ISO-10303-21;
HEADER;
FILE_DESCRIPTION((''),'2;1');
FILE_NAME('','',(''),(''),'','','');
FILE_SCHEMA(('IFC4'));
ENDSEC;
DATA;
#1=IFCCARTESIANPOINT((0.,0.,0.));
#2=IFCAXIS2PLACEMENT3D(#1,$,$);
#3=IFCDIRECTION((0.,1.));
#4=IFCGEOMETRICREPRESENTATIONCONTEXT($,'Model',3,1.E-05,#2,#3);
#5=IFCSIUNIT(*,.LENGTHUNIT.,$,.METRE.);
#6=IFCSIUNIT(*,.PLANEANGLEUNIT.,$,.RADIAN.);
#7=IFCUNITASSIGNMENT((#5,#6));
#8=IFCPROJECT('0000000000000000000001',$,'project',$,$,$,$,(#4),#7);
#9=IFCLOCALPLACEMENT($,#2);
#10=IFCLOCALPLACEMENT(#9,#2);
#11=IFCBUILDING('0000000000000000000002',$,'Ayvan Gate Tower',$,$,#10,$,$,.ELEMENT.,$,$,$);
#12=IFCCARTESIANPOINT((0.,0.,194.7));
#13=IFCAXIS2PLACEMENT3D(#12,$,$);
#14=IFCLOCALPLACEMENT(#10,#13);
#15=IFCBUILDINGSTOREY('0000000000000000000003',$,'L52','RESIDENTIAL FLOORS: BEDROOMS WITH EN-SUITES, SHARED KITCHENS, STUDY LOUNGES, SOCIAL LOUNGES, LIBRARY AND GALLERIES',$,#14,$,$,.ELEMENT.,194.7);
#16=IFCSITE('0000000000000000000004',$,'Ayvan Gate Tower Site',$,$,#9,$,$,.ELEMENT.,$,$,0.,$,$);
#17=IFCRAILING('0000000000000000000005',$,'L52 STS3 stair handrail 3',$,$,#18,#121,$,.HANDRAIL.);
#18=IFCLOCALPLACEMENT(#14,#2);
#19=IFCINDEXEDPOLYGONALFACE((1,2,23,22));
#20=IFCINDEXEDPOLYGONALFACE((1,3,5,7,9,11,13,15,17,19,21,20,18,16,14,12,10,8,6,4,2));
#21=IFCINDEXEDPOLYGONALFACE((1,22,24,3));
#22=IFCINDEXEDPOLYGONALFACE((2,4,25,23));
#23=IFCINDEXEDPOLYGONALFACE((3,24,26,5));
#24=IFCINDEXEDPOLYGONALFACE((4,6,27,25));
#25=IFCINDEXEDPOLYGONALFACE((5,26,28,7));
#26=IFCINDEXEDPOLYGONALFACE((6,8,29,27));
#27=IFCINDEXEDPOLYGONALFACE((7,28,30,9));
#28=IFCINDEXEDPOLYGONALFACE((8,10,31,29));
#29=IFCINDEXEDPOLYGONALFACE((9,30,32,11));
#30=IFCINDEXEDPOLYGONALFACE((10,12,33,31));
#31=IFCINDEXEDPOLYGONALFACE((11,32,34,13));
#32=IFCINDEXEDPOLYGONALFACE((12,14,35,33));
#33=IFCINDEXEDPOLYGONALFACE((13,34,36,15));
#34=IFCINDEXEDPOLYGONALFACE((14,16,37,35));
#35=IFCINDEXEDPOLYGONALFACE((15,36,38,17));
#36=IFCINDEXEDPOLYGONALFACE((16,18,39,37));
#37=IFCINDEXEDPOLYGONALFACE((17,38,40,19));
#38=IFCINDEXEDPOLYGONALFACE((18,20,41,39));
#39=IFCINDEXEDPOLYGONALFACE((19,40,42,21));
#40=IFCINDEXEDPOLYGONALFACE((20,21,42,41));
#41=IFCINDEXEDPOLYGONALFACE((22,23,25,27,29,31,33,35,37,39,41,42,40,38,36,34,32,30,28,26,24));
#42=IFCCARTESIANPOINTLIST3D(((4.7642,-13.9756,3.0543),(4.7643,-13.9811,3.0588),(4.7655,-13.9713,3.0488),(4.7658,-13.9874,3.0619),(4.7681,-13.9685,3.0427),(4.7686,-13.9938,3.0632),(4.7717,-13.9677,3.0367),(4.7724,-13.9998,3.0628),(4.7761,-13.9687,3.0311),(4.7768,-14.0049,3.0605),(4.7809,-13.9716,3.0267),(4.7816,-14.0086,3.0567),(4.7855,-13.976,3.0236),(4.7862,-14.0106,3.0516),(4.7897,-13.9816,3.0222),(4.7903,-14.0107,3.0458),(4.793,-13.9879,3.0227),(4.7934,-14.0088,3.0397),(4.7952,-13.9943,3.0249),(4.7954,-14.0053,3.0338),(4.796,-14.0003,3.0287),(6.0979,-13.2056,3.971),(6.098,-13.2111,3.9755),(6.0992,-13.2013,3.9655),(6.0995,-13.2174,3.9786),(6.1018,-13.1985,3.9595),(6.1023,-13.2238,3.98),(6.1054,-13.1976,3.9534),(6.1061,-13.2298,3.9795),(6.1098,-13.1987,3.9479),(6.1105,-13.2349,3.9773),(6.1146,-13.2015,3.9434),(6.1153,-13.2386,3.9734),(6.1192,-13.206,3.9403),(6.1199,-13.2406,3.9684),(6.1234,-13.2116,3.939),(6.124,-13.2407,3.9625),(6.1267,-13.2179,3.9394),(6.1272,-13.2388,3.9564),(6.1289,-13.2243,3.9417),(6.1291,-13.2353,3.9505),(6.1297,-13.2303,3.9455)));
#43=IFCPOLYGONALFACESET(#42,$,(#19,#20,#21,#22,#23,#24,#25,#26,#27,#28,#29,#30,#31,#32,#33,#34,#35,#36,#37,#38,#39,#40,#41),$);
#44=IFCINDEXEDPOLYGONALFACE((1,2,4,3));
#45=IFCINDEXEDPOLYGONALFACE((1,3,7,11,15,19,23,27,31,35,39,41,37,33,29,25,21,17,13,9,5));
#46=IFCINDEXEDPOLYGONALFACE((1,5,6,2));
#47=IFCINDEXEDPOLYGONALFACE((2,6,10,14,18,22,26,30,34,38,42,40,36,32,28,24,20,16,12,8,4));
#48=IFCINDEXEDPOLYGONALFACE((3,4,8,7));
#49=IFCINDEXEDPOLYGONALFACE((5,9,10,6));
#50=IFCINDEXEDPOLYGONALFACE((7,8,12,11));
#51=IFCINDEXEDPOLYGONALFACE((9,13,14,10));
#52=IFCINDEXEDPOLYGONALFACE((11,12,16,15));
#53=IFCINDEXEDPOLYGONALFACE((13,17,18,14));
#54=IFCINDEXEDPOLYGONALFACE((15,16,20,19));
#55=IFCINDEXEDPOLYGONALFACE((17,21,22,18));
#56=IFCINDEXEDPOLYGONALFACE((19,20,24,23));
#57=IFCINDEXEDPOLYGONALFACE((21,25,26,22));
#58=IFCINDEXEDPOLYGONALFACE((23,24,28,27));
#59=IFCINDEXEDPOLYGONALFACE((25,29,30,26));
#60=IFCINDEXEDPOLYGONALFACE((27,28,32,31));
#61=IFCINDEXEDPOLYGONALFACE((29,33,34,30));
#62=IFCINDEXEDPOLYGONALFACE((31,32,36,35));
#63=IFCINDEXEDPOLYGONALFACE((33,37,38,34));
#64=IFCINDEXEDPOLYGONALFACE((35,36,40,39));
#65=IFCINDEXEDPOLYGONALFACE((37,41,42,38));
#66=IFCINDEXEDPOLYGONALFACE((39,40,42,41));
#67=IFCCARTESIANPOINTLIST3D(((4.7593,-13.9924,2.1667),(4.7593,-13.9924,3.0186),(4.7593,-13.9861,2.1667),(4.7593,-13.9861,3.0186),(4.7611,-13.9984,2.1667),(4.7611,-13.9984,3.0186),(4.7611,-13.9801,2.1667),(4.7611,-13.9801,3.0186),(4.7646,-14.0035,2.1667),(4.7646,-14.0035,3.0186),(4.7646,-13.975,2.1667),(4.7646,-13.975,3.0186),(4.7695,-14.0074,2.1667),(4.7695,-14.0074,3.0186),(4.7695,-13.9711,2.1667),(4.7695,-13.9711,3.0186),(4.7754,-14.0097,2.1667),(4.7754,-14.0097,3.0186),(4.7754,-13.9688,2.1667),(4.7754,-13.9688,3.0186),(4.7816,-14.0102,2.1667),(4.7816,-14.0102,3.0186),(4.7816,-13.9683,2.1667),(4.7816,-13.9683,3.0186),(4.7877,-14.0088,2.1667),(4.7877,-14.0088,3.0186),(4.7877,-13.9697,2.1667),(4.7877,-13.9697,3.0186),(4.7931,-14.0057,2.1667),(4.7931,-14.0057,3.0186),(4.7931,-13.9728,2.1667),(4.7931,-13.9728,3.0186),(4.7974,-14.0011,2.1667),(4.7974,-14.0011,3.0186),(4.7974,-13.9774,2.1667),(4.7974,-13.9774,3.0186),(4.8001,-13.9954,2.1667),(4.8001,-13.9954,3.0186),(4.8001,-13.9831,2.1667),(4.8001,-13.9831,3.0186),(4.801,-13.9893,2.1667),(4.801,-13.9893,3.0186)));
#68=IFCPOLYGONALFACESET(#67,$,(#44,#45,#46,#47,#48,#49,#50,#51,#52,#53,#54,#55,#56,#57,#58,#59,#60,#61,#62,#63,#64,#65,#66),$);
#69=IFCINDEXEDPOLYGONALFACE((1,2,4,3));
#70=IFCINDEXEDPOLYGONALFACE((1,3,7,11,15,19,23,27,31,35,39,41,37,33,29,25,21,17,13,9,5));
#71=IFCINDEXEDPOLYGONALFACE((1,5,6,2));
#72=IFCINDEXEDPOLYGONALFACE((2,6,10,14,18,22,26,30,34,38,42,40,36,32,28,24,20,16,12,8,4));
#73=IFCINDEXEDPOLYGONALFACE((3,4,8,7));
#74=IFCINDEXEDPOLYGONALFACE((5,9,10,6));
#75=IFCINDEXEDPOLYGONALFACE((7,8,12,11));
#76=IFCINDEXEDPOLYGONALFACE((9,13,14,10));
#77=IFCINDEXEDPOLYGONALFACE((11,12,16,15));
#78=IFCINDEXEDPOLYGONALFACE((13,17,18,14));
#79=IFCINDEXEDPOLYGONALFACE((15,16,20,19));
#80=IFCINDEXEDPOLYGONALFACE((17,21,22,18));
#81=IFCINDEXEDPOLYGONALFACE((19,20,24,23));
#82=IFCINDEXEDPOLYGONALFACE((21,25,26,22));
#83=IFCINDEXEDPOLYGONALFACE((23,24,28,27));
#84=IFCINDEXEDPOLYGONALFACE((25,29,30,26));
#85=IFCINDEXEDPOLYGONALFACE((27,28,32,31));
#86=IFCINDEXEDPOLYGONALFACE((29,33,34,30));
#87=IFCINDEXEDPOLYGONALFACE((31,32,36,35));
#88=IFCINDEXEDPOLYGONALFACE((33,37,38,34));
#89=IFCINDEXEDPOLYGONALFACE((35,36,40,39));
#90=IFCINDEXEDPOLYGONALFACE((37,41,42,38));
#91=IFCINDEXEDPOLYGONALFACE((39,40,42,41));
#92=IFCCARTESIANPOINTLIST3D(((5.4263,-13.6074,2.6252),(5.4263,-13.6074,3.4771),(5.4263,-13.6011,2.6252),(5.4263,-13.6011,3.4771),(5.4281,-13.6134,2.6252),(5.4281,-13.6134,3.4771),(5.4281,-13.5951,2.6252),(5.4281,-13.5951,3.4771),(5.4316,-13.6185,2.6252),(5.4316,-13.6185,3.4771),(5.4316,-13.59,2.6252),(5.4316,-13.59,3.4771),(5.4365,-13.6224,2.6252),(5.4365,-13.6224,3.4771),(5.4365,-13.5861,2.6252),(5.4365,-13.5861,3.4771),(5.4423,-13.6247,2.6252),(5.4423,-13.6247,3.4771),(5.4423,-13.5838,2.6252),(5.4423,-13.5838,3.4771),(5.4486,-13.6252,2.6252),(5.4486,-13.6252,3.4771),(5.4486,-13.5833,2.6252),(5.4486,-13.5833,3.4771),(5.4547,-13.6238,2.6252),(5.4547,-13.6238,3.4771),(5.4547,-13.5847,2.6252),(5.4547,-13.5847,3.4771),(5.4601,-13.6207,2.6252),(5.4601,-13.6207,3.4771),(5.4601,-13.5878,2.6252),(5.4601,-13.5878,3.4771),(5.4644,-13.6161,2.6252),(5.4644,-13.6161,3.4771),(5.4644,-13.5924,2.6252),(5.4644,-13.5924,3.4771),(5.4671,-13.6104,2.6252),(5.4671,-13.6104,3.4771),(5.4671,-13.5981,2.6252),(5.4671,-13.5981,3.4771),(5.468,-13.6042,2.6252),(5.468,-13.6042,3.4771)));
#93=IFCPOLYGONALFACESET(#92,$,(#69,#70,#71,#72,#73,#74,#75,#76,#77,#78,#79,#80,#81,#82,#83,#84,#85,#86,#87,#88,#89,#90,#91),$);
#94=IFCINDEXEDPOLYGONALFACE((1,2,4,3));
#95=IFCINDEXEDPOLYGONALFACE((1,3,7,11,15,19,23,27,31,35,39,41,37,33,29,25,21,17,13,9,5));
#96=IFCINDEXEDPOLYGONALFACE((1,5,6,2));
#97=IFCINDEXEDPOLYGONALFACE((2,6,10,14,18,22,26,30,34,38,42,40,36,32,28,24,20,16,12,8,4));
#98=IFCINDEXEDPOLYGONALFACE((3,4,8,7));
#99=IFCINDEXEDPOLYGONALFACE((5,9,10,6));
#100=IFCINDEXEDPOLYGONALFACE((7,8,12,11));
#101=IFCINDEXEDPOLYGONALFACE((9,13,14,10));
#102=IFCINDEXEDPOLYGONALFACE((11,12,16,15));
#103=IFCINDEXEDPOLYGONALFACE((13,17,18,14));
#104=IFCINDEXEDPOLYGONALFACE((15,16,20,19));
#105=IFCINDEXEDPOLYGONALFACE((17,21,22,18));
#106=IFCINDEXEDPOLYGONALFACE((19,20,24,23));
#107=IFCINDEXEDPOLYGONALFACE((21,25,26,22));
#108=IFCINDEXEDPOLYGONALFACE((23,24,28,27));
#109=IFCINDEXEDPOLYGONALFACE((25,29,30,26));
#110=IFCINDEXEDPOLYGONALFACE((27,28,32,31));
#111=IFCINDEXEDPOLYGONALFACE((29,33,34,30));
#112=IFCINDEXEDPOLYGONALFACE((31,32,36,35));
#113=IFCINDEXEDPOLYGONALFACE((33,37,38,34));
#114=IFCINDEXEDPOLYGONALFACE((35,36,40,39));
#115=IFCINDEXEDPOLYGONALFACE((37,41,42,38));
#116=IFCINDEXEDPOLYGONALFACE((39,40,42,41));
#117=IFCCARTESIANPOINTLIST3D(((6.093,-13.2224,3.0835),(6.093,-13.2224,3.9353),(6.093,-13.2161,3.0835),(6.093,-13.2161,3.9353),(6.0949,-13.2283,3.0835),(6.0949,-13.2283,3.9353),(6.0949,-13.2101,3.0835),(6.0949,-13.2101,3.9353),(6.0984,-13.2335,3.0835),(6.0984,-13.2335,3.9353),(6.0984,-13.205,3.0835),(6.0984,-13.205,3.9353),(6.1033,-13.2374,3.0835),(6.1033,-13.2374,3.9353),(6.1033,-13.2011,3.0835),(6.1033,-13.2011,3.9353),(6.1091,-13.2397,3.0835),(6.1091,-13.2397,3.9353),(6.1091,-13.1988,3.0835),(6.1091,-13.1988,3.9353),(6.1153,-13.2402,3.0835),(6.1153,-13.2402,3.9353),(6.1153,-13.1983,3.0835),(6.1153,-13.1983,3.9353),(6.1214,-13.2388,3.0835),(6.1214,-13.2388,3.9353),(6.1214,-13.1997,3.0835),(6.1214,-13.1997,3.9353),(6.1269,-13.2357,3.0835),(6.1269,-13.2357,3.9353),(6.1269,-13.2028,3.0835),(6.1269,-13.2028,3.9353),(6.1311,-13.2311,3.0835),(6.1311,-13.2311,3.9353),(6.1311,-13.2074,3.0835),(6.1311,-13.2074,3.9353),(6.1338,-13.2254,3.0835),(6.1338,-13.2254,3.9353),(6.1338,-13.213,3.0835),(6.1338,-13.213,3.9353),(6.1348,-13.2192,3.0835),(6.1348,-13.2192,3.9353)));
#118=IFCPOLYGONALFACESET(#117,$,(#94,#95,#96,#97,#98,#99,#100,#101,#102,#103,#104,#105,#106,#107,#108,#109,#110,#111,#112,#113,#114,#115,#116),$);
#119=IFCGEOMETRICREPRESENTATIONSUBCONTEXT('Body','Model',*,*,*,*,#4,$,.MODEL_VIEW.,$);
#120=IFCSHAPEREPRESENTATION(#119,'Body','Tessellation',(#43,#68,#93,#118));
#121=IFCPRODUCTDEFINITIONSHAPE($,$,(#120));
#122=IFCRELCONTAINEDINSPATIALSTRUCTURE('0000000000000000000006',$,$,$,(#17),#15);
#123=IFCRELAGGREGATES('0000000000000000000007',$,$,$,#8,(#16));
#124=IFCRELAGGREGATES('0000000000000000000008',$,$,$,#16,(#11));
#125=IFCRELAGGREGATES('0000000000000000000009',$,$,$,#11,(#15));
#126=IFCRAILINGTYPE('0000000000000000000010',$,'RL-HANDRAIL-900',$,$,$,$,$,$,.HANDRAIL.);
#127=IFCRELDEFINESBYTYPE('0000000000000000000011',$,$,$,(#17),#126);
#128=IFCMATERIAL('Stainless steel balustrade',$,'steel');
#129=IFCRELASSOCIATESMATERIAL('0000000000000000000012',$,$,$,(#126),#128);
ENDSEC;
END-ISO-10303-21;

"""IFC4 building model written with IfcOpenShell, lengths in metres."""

from ifc_helpers import new_model, si_unit, direction, frame, origin, origin_2d, place, context, subcontext, project, spatial, circle, extrude, material, type_object, element, save


model = new_model("IFC4")

# Units and contexts
model_context = context("Model", 3, precision=1e-05, world=origin(), true_north=direction((0.0, 1.0)))
body_context = subcontext(model_context, "Body", "Model", "MODEL_VIEW")
ifc_project = project(units=[si_unit("LENGTHUNIT", "METRE"), si_unit("PLANEANGLEUNIT", "RADIAN")], contexts=[model_context])

# Site, building, storey
site_placement = place(None, origin())
site = spatial("IfcSite", under=ifc_project, at=site_placement, Name="Ayvan Gate Tower Site", CompositionType="ELEMENT", RefElevation=0.0)
building_placement = place(site_placement, origin())
building = spatial("IfcBuilding", under=site, at=building_placement, Name="Ayvan Gate Tower", CompositionType="ELEMENT")
storey_placement = place(building_placement, frame((0.0, 0.0, 194.7)))
storey = spatial("IfcBuildingStorey", under=building, at=storey_placement, Name="L52", Description="RESIDENTIAL FLOORS: BEDROOMS WITH EN-SUITES, SHARED KITCHENS, STUDY LOUNGES, SOCIAL LOUNGES, LIBRARY AND GALLERIES", CompositionType="ELEMENT", Elevation=194.7)

# Railing
ifc_material_1 = material(Name="Stainless steel balustrade", Category="steel")
railing_type_1 = type_object("IfcRailingType", Name="RL-HANDRAIL-900", PredefinedType="HANDRAIL", material=ifc_material_1)
railing_1_placement = place(storey_placement, frame((4.78, -13.9893, 2.1667)))
element("IfcRailing", 1, at=railing_1_placement, inside=storey, type_object=railing_type_1, Name="L52 STS3 stair handrail 3", PredefinedType="HANDRAIL", context=body_context, shape_type="SweptSolid", body=[
    extrude(circle(Radius=0.0239, at=origin_2d()), frame((0.0, 0.0, 0.876), z_axis=(0.744164, 0.429634, 0.511502), x_axis=(-0.499992, 0.86603, 0.0)), (0.0, 0.0, 1.0), 1.7922),
    extrude(circle(Radius=0.021, at=origin_2d()), origin(), (0.0, 0.0, 1.0), 0.8518),
    extrude(circle(Radius=0.021, at=origin_2d()), frame((0.667, 0.385, 0.4585)), (0.0, 0.0, 1.0), 0.8518),
    extrude(circle(Radius=0.021, at=origin_2d()), frame((1.3337, 0.77, 0.9167)), (0.0, 0.0, 1.0), 0.8518),
])

save(model, "model.ifc")
